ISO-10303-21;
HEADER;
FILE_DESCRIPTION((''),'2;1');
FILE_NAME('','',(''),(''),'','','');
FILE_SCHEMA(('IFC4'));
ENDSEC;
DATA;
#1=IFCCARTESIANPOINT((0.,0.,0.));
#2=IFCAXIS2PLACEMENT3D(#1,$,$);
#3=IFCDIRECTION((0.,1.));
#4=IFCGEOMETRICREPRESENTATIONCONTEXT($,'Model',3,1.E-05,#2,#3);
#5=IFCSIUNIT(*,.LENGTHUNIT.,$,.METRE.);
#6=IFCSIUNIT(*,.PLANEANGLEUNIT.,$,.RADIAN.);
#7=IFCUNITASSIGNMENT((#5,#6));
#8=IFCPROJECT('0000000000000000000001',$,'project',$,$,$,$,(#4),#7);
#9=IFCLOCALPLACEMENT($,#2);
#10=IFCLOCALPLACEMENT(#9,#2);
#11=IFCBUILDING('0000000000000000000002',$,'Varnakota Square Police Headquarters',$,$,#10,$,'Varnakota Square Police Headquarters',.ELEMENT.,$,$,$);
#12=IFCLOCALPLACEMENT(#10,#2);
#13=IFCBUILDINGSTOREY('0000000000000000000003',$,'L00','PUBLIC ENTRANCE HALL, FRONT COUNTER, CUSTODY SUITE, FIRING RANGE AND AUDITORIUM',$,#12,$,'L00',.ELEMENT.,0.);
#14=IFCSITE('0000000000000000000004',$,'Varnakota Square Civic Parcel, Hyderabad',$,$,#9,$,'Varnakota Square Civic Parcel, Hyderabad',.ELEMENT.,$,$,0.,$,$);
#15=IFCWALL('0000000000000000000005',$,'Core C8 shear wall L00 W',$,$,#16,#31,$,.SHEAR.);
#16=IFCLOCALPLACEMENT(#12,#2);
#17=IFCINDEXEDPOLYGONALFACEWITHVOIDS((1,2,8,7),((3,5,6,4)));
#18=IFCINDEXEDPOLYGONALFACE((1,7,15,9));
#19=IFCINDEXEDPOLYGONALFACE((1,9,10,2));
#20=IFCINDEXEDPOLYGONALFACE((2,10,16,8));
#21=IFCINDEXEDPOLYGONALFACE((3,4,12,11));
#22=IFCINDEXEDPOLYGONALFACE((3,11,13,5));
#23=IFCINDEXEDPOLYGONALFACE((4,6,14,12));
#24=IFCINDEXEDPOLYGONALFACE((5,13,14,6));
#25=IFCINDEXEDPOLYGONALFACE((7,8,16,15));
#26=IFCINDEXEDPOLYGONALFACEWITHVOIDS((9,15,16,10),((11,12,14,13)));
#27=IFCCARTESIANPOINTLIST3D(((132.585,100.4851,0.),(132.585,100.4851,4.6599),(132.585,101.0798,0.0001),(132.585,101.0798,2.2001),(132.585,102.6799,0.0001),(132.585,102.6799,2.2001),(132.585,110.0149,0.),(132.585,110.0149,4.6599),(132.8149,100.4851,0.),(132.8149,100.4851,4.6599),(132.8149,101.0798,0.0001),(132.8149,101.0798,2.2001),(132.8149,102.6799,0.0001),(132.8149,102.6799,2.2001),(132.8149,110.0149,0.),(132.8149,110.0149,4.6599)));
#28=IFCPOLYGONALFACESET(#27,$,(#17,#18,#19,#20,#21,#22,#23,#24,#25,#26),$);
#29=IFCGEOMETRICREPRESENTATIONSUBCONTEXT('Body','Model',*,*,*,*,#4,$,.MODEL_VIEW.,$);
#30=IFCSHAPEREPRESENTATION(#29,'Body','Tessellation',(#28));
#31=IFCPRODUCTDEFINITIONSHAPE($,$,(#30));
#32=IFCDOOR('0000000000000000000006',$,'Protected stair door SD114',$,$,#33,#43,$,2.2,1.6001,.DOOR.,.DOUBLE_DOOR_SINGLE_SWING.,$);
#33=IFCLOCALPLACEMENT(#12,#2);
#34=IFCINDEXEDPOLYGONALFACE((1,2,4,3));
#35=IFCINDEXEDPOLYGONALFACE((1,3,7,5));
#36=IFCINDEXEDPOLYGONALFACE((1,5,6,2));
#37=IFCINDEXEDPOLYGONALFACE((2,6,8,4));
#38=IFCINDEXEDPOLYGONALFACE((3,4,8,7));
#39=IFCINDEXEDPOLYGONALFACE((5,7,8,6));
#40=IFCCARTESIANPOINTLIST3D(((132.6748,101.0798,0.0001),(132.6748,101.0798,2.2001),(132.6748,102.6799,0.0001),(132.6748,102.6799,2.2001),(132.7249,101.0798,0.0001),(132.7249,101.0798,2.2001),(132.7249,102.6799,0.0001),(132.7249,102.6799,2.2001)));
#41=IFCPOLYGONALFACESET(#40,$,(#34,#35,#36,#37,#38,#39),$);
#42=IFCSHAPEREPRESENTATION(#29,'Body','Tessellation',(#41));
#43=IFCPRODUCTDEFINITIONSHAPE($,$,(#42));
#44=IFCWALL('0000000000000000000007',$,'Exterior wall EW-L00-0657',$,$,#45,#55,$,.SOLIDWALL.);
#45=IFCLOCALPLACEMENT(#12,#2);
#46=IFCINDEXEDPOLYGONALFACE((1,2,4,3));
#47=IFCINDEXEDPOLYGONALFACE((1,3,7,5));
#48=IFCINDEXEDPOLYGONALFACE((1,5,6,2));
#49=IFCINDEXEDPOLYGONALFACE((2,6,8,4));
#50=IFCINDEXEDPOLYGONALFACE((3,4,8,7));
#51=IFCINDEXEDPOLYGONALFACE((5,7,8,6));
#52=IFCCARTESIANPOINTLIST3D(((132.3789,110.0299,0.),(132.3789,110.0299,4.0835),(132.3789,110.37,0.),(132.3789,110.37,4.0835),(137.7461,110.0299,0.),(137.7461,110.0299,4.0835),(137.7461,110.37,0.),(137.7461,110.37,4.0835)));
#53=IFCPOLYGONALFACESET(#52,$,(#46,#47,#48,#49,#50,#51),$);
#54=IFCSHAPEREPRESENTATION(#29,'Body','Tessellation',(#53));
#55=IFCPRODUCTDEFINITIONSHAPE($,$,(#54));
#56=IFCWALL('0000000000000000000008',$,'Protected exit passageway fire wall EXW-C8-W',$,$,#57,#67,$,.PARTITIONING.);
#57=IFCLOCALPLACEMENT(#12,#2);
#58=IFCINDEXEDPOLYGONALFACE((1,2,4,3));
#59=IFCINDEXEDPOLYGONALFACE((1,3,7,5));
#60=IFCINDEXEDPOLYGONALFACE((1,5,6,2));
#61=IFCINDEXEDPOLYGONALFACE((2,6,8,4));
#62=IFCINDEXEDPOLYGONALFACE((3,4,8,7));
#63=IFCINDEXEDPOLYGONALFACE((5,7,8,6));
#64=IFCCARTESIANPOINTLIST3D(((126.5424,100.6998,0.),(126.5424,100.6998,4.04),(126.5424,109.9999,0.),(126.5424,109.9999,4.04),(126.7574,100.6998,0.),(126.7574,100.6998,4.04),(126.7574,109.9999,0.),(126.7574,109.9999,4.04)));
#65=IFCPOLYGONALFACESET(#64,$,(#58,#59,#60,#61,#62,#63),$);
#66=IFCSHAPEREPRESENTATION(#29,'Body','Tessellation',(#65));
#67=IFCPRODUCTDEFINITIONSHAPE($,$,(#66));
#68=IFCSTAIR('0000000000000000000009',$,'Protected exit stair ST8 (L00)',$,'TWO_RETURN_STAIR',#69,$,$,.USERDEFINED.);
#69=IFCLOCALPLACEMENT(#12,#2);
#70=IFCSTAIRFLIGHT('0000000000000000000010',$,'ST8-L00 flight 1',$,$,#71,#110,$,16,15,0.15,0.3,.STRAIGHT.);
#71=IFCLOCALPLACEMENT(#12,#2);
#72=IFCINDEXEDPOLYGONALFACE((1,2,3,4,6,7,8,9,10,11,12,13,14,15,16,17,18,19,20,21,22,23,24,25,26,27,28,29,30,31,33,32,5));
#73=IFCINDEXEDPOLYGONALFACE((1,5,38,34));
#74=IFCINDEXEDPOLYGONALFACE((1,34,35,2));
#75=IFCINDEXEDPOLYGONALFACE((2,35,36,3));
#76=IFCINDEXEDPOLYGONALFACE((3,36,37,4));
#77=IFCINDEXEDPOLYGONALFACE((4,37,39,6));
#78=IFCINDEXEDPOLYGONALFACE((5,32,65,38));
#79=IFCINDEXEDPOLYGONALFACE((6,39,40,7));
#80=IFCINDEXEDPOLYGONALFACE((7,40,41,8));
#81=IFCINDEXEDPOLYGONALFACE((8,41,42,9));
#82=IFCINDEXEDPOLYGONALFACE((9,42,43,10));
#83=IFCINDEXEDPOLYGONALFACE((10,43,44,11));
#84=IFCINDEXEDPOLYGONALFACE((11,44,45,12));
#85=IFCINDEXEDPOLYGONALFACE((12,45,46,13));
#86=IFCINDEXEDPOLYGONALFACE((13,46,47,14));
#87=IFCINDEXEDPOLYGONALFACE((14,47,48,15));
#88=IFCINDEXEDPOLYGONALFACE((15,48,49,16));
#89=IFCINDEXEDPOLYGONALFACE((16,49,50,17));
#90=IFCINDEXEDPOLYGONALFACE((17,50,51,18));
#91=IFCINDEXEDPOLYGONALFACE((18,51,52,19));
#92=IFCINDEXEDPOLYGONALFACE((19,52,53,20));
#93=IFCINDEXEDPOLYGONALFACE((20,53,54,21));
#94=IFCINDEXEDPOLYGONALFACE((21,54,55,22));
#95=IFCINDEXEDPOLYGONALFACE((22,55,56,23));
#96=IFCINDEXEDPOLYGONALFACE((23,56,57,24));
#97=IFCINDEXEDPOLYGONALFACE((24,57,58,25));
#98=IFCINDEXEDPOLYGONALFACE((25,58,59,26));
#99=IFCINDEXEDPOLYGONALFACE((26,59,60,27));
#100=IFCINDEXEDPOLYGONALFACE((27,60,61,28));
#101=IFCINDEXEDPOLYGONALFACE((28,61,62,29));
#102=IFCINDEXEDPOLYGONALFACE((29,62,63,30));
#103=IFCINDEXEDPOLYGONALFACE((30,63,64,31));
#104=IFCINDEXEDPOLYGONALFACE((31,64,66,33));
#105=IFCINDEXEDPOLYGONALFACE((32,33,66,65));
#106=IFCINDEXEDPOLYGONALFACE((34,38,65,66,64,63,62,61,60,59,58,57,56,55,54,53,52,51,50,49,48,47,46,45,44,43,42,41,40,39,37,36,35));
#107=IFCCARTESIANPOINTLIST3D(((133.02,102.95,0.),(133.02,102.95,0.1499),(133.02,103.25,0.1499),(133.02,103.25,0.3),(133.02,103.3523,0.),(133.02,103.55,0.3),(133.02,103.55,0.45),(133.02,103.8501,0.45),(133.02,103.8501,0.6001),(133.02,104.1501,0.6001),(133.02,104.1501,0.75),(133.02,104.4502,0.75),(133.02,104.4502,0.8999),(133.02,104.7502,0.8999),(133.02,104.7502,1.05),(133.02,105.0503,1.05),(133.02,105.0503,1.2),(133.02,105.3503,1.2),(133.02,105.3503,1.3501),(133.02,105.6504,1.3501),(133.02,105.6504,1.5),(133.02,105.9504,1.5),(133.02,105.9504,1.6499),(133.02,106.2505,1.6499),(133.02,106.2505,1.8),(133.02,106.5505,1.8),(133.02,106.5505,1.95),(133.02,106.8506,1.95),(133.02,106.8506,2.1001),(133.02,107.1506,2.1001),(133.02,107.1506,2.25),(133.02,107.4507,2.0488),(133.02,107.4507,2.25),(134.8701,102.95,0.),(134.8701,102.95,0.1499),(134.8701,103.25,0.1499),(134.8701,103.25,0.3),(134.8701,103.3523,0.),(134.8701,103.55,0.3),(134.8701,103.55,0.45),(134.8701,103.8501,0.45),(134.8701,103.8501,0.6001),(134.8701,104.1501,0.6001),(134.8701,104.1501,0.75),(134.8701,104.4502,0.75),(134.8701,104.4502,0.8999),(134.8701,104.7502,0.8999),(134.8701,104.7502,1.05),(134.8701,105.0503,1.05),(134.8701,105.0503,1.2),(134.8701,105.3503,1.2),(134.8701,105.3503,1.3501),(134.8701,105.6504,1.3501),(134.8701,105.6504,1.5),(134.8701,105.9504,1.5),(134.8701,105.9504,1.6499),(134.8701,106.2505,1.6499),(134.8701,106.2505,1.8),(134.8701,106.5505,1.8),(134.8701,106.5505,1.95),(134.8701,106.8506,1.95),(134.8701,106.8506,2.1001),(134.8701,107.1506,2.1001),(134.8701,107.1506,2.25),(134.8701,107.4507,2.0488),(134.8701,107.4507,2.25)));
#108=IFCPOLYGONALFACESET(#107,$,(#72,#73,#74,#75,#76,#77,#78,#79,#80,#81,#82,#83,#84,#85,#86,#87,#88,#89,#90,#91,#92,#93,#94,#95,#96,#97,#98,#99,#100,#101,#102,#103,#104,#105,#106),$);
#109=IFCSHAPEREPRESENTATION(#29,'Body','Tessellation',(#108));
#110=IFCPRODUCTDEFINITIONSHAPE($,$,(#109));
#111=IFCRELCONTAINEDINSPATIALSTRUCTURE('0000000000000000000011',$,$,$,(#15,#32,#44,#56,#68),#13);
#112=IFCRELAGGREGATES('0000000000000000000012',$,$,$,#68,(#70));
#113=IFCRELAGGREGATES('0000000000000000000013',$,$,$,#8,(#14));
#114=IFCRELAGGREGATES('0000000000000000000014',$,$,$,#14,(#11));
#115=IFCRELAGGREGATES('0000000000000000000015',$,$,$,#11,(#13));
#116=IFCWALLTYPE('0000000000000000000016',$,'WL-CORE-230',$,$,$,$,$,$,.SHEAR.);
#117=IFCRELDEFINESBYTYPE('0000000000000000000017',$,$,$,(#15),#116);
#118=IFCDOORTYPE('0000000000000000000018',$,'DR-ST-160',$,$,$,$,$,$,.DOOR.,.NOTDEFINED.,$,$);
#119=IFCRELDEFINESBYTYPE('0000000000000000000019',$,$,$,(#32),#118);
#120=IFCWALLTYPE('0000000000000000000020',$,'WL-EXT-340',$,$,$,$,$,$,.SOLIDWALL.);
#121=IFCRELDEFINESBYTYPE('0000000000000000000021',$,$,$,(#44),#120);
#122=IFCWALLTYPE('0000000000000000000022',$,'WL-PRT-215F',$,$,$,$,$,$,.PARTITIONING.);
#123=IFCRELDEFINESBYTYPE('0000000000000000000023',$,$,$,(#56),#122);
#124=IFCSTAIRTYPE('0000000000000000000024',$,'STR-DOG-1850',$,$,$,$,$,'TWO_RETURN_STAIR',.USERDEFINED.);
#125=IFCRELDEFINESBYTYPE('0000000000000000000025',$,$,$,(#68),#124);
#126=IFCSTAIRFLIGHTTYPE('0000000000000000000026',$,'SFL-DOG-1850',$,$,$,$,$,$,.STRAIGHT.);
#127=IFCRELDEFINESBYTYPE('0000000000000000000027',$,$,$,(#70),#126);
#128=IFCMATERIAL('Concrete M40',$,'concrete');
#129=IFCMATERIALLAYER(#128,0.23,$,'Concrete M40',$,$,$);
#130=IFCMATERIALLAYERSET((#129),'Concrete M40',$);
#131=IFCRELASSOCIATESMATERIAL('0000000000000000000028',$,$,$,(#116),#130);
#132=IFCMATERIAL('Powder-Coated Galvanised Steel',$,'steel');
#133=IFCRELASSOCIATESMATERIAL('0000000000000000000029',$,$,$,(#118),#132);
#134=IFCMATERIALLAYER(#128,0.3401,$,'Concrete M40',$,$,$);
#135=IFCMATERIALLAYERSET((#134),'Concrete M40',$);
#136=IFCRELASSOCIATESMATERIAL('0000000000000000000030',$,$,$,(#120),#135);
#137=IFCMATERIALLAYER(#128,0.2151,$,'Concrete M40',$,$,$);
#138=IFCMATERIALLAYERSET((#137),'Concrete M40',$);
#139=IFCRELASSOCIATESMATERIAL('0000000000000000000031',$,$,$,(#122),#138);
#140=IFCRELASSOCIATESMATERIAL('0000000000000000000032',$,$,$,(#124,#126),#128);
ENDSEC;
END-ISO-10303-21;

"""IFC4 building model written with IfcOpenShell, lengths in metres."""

from ifc_helpers import new_model, si_unit, direction, frame, frame_2d, origin, place, context, subcontext, project, spatial, polyline, rectangle, outline, extrude, material, layer, layer_set, type_object, element, fill, aggregate, save


model = new_model("IFC4")

# Units and contexts
model_context = context("Model", 3, precision=1e-05, world=origin(), true_north=direction((0.0, 1.0)))
body_context = subcontext(model_context, "Body", "Model", "MODEL_VIEW")
ifc_project = project(units=[si_unit("LENGTHUNIT", "METRE"), si_unit("PLANEANGLEUNIT", "RADIAN")], contexts=[model_context])

# Site, building, storey
site_placement = place(None, origin())
site = spatial("IfcSite", under=ifc_project, at=site_placement, Name="Varnakota Square Civic Parcel, Hyderabad", LongName="Varnakota Square Civic Parcel, Hyderabad", CompositionType="ELEMENT", RefElevation=0.0)
building_placement = place(site_placement, origin())
building = spatial("IfcBuilding", under=site, at=building_placement, Name="Varnakota Square Police Headquarters", LongName="Varnakota Square Police Headquarters", CompositionType="ELEMENT")
storey_placement = place(building_placement, origin())
storey = spatial("IfcBuildingStorey", under=building, at=storey_placement, Name="L00", Description="PUBLIC ENTRANCE HALL, FRONT COUNTER, CUSTODY SUITE, FIRING RANGE AND AUDITORIUM", LongName="L00", CompositionType="ELEMENT", Elevation=0.0)

# Shared definitions
ifc_material_1 = material(Name="Concrete M40", Category="concrete")
ifc_layer_1 = layer(ifc_material_1, 0.23, Name="Concrete M40")
ifc_layer_set_1 = layer_set([ifc_layer_1], Name="Concrete M40")
wall_type_1 = type_object("IfcWallType", Name="WL-CORE-230", PredefinedType="SHEAR", material=ifc_layer_set_1)

# Wall, opening, door
wall_1_placement = place(storey_placement, frame((132.7, 110.0149, 0.0), z_axis=(0.0, 0.0, 1.0), x_axis=(0.0, -1.0, 0.0)))
wall_1 = element("IfcWall", 1, at=wall_1_placement, inside=storey, type_object=wall_type_1, Name="Core C8 shear wall L00 W", PredefinedType="SHEAR", context=body_context, shape_type="SweptSolid", body=[
    extrude(rectangle(XDim=9.5298, YDim=0.23, at=frame_2d((4.7649, 0.0))), origin(), (0.0, 0.0, 1.0), 4.6599),
])
opening_1_placement = place(wall_1_placement, frame((7.335, 0.0, 0.0)))
opening_1 = element("IfcOpeningElement", 2, at=opening_1_placement, cuts=wall_1, PredefinedType="OPENING", context=body_context, shape_type="SweptSolid", body=[
    extrude(rectangle(XDim=1.6001, YDim=2.2, at=frame_2d((0.8, 1.1001))), frame((0.0, 0.125, 0.0), z_axis=(0.0, -1.0, 0.0), x_axis=(1.0, 0.0, 0.0)), (0.0, 0.0, 1.0), 0.25),
])
ifc_material_2 = material(Name="Powder-Coated Galvanised Steel", Category="steel")
door_type_1 = type_object("IfcDoorType", Name="DR-ST-160", OperationType="NOTDEFINED", PredefinedType="DOOR", material=ifc_material_2)
door_1_placement = place(opening_1_placement, origin())
door_1 = element("IfcDoor", 3, at=door_1_placement, inside=storey, type_object=door_type_1, Name="Protected stair door SD114", OperationType="DOUBLE_DOOR_SINGLE_SWING", OverallHeight=2.2, OverallWidth=1.6001, PredefinedType="DOOR", context=body_context, shape_type="SweptSolid", body=[
    extrude(rectangle(XDim=1.6001, YDim=2.2, at=frame_2d((0.8, 1.1001))), frame((0.0, 0.0249, 0.0), z_axis=(0.0, -1.0, 0.0), x_axis=(1.0, 0.0, 0.0)), (0.0, 0.0, 1.0), 0.05),
])
fill(opening_1, door_1)
ifc_layer_2 = layer(ifc_material_1, 0.3401, Name="Concrete M40")
ifc_layer_set_2 = layer_set([ifc_layer_2], Name="Concrete M40")
wall_type_2 = type_object("IfcWallType", Name="WL-EXT-340", PredefinedType="SOLIDWALL", material=ifc_layer_set_2)

# Wall
wall_2_placement = place(storey_placement, frame((132.3789, 110.2, 0.0), z_axis=(0.0, 0.0, 1.0), x_axis=(1.0, 0.0, 0.0)))
element("IfcWall", 4, at=wall_2_placement, inside=storey, type_object=wall_type_2, Name="Exterior wall EW-L00-0657", PredefinedType="SOLIDWALL", context=body_context, shape_type="SweptSolid", body=[
    extrude(rectangle(XDim=5.3672, YDim=0.3401, at=frame_2d((2.6836, 0.0))), origin(), (0.0, 0.0, 1.0), 4.0835),
])

# Shared definitions
ifc_layer_3 = layer(ifc_material_1, 0.2151, Name="Concrete M40")
ifc_layer_set_3 = layer_set([ifc_layer_3], Name="Concrete M40")
wall_type_3 = type_object("IfcWallType", Name="WL-PRT-215F", PredefinedType="PARTITIONING", material=ifc_layer_set_3)

# Wall
wall_3_placement = place(storey_placement, frame((126.6499, 100.7, 0.0), z_axis=(0.0, 0.0, 1.0), x_axis=(0.0, 1.0, 0.0)))
element("IfcWall", 5, at=wall_3_placement, inside=storey, type_object=wall_type_3, Name="Protected exit passageway fire wall EXW-C8-W", PredefinedType="PARTITIONING", context=body_context, shape_type="SweptSolid", body=[
    extrude(rectangle(XDim=9.3, YDim=0.2151, at=frame_2d((4.6499, 0.0))), origin(), (0.0, 0.0, 1.0), 4.04),
])

# Stair, stair flight
stair_type = type_object("IfcStairType", Name="STR-DOG-1850", ElementType="TWO_RETURN_STAIR", PredefinedType="USERDEFINED", material=ifc_material_1)
stair_placement = place(storey_placement, origin())
stair = element("IfcStair", 6, at=stair_placement, inside=storey, type_object=stair_type, Name="Protected exit stair ST8 (L00)", ObjectType="TWO_RETURN_STAIR", PredefinedType="USERDEFINED")
stair_flight_type = type_object("IfcStairFlightType", Name="SFL-DOG-1850", PredefinedType="STRAIGHT", material=ifc_material_1)
stair_flight_placement = place(storey_placement, frame((133.9451, 102.95, 0.0), z_axis=(0.0, 0.0, 1.0), x_axis=(0.0, 1.0, 0.0)))
stair_flight = element("IfcStairFlight", 7, at=stair_flight_placement, type_object=stair_flight_type, Name="ST8-L00 flight 1", NumberOfRisers=16, NumberOfTreads=15, PredefinedType="STRAIGHT", RiserHeight=0.15, TreadLength=0.3, context=body_context, shape_type="SweptSolid", body=[
    extrude(outline(polyline([(0.0, 0.0), (0.0, 0.1499), (0.3, 0.1499), (0.3, 0.3), (0.6001, 0.3), (0.6001, 0.45), (0.9001, 0.45), (0.9001, 0.6001), (1.2002, 0.6001), (1.2002, 0.75), (1.5002, 0.75), (1.5002, 0.8999), (1.8003, 0.8999), (1.8003, 1.05), (2.1003, 1.05), (2.1003, 1.2), (2.4004, 1.2), (2.4004, 1.3501), (2.7004, 1.3501), (2.7004, 1.5), (3.0005, 1.5), (3.0005, 1.6499), (3.3005, 1.6499), (3.3005, 1.8), (3.6006, 1.8), (3.6006, 1.95), (3.9006, 1.95), (3.9006, 2.1001), (4.2007, 2.1001), (4.2007, 2.25), (4.5007, 2.25), (4.5007, 2.3999), (4.5007, 2.0488), (0.4023, 0.0), (0.0, 0.0)])), frame((0.0, 0.925, 0.0), z_axis=(0.0, -1.0, 0.0), x_axis=(1.0, 0.0, 0.0)), (0.0, 0.0, 1.0), 1.8501),
])
aggregate(stair, [stair_flight])

save(model, "model.ifc")
